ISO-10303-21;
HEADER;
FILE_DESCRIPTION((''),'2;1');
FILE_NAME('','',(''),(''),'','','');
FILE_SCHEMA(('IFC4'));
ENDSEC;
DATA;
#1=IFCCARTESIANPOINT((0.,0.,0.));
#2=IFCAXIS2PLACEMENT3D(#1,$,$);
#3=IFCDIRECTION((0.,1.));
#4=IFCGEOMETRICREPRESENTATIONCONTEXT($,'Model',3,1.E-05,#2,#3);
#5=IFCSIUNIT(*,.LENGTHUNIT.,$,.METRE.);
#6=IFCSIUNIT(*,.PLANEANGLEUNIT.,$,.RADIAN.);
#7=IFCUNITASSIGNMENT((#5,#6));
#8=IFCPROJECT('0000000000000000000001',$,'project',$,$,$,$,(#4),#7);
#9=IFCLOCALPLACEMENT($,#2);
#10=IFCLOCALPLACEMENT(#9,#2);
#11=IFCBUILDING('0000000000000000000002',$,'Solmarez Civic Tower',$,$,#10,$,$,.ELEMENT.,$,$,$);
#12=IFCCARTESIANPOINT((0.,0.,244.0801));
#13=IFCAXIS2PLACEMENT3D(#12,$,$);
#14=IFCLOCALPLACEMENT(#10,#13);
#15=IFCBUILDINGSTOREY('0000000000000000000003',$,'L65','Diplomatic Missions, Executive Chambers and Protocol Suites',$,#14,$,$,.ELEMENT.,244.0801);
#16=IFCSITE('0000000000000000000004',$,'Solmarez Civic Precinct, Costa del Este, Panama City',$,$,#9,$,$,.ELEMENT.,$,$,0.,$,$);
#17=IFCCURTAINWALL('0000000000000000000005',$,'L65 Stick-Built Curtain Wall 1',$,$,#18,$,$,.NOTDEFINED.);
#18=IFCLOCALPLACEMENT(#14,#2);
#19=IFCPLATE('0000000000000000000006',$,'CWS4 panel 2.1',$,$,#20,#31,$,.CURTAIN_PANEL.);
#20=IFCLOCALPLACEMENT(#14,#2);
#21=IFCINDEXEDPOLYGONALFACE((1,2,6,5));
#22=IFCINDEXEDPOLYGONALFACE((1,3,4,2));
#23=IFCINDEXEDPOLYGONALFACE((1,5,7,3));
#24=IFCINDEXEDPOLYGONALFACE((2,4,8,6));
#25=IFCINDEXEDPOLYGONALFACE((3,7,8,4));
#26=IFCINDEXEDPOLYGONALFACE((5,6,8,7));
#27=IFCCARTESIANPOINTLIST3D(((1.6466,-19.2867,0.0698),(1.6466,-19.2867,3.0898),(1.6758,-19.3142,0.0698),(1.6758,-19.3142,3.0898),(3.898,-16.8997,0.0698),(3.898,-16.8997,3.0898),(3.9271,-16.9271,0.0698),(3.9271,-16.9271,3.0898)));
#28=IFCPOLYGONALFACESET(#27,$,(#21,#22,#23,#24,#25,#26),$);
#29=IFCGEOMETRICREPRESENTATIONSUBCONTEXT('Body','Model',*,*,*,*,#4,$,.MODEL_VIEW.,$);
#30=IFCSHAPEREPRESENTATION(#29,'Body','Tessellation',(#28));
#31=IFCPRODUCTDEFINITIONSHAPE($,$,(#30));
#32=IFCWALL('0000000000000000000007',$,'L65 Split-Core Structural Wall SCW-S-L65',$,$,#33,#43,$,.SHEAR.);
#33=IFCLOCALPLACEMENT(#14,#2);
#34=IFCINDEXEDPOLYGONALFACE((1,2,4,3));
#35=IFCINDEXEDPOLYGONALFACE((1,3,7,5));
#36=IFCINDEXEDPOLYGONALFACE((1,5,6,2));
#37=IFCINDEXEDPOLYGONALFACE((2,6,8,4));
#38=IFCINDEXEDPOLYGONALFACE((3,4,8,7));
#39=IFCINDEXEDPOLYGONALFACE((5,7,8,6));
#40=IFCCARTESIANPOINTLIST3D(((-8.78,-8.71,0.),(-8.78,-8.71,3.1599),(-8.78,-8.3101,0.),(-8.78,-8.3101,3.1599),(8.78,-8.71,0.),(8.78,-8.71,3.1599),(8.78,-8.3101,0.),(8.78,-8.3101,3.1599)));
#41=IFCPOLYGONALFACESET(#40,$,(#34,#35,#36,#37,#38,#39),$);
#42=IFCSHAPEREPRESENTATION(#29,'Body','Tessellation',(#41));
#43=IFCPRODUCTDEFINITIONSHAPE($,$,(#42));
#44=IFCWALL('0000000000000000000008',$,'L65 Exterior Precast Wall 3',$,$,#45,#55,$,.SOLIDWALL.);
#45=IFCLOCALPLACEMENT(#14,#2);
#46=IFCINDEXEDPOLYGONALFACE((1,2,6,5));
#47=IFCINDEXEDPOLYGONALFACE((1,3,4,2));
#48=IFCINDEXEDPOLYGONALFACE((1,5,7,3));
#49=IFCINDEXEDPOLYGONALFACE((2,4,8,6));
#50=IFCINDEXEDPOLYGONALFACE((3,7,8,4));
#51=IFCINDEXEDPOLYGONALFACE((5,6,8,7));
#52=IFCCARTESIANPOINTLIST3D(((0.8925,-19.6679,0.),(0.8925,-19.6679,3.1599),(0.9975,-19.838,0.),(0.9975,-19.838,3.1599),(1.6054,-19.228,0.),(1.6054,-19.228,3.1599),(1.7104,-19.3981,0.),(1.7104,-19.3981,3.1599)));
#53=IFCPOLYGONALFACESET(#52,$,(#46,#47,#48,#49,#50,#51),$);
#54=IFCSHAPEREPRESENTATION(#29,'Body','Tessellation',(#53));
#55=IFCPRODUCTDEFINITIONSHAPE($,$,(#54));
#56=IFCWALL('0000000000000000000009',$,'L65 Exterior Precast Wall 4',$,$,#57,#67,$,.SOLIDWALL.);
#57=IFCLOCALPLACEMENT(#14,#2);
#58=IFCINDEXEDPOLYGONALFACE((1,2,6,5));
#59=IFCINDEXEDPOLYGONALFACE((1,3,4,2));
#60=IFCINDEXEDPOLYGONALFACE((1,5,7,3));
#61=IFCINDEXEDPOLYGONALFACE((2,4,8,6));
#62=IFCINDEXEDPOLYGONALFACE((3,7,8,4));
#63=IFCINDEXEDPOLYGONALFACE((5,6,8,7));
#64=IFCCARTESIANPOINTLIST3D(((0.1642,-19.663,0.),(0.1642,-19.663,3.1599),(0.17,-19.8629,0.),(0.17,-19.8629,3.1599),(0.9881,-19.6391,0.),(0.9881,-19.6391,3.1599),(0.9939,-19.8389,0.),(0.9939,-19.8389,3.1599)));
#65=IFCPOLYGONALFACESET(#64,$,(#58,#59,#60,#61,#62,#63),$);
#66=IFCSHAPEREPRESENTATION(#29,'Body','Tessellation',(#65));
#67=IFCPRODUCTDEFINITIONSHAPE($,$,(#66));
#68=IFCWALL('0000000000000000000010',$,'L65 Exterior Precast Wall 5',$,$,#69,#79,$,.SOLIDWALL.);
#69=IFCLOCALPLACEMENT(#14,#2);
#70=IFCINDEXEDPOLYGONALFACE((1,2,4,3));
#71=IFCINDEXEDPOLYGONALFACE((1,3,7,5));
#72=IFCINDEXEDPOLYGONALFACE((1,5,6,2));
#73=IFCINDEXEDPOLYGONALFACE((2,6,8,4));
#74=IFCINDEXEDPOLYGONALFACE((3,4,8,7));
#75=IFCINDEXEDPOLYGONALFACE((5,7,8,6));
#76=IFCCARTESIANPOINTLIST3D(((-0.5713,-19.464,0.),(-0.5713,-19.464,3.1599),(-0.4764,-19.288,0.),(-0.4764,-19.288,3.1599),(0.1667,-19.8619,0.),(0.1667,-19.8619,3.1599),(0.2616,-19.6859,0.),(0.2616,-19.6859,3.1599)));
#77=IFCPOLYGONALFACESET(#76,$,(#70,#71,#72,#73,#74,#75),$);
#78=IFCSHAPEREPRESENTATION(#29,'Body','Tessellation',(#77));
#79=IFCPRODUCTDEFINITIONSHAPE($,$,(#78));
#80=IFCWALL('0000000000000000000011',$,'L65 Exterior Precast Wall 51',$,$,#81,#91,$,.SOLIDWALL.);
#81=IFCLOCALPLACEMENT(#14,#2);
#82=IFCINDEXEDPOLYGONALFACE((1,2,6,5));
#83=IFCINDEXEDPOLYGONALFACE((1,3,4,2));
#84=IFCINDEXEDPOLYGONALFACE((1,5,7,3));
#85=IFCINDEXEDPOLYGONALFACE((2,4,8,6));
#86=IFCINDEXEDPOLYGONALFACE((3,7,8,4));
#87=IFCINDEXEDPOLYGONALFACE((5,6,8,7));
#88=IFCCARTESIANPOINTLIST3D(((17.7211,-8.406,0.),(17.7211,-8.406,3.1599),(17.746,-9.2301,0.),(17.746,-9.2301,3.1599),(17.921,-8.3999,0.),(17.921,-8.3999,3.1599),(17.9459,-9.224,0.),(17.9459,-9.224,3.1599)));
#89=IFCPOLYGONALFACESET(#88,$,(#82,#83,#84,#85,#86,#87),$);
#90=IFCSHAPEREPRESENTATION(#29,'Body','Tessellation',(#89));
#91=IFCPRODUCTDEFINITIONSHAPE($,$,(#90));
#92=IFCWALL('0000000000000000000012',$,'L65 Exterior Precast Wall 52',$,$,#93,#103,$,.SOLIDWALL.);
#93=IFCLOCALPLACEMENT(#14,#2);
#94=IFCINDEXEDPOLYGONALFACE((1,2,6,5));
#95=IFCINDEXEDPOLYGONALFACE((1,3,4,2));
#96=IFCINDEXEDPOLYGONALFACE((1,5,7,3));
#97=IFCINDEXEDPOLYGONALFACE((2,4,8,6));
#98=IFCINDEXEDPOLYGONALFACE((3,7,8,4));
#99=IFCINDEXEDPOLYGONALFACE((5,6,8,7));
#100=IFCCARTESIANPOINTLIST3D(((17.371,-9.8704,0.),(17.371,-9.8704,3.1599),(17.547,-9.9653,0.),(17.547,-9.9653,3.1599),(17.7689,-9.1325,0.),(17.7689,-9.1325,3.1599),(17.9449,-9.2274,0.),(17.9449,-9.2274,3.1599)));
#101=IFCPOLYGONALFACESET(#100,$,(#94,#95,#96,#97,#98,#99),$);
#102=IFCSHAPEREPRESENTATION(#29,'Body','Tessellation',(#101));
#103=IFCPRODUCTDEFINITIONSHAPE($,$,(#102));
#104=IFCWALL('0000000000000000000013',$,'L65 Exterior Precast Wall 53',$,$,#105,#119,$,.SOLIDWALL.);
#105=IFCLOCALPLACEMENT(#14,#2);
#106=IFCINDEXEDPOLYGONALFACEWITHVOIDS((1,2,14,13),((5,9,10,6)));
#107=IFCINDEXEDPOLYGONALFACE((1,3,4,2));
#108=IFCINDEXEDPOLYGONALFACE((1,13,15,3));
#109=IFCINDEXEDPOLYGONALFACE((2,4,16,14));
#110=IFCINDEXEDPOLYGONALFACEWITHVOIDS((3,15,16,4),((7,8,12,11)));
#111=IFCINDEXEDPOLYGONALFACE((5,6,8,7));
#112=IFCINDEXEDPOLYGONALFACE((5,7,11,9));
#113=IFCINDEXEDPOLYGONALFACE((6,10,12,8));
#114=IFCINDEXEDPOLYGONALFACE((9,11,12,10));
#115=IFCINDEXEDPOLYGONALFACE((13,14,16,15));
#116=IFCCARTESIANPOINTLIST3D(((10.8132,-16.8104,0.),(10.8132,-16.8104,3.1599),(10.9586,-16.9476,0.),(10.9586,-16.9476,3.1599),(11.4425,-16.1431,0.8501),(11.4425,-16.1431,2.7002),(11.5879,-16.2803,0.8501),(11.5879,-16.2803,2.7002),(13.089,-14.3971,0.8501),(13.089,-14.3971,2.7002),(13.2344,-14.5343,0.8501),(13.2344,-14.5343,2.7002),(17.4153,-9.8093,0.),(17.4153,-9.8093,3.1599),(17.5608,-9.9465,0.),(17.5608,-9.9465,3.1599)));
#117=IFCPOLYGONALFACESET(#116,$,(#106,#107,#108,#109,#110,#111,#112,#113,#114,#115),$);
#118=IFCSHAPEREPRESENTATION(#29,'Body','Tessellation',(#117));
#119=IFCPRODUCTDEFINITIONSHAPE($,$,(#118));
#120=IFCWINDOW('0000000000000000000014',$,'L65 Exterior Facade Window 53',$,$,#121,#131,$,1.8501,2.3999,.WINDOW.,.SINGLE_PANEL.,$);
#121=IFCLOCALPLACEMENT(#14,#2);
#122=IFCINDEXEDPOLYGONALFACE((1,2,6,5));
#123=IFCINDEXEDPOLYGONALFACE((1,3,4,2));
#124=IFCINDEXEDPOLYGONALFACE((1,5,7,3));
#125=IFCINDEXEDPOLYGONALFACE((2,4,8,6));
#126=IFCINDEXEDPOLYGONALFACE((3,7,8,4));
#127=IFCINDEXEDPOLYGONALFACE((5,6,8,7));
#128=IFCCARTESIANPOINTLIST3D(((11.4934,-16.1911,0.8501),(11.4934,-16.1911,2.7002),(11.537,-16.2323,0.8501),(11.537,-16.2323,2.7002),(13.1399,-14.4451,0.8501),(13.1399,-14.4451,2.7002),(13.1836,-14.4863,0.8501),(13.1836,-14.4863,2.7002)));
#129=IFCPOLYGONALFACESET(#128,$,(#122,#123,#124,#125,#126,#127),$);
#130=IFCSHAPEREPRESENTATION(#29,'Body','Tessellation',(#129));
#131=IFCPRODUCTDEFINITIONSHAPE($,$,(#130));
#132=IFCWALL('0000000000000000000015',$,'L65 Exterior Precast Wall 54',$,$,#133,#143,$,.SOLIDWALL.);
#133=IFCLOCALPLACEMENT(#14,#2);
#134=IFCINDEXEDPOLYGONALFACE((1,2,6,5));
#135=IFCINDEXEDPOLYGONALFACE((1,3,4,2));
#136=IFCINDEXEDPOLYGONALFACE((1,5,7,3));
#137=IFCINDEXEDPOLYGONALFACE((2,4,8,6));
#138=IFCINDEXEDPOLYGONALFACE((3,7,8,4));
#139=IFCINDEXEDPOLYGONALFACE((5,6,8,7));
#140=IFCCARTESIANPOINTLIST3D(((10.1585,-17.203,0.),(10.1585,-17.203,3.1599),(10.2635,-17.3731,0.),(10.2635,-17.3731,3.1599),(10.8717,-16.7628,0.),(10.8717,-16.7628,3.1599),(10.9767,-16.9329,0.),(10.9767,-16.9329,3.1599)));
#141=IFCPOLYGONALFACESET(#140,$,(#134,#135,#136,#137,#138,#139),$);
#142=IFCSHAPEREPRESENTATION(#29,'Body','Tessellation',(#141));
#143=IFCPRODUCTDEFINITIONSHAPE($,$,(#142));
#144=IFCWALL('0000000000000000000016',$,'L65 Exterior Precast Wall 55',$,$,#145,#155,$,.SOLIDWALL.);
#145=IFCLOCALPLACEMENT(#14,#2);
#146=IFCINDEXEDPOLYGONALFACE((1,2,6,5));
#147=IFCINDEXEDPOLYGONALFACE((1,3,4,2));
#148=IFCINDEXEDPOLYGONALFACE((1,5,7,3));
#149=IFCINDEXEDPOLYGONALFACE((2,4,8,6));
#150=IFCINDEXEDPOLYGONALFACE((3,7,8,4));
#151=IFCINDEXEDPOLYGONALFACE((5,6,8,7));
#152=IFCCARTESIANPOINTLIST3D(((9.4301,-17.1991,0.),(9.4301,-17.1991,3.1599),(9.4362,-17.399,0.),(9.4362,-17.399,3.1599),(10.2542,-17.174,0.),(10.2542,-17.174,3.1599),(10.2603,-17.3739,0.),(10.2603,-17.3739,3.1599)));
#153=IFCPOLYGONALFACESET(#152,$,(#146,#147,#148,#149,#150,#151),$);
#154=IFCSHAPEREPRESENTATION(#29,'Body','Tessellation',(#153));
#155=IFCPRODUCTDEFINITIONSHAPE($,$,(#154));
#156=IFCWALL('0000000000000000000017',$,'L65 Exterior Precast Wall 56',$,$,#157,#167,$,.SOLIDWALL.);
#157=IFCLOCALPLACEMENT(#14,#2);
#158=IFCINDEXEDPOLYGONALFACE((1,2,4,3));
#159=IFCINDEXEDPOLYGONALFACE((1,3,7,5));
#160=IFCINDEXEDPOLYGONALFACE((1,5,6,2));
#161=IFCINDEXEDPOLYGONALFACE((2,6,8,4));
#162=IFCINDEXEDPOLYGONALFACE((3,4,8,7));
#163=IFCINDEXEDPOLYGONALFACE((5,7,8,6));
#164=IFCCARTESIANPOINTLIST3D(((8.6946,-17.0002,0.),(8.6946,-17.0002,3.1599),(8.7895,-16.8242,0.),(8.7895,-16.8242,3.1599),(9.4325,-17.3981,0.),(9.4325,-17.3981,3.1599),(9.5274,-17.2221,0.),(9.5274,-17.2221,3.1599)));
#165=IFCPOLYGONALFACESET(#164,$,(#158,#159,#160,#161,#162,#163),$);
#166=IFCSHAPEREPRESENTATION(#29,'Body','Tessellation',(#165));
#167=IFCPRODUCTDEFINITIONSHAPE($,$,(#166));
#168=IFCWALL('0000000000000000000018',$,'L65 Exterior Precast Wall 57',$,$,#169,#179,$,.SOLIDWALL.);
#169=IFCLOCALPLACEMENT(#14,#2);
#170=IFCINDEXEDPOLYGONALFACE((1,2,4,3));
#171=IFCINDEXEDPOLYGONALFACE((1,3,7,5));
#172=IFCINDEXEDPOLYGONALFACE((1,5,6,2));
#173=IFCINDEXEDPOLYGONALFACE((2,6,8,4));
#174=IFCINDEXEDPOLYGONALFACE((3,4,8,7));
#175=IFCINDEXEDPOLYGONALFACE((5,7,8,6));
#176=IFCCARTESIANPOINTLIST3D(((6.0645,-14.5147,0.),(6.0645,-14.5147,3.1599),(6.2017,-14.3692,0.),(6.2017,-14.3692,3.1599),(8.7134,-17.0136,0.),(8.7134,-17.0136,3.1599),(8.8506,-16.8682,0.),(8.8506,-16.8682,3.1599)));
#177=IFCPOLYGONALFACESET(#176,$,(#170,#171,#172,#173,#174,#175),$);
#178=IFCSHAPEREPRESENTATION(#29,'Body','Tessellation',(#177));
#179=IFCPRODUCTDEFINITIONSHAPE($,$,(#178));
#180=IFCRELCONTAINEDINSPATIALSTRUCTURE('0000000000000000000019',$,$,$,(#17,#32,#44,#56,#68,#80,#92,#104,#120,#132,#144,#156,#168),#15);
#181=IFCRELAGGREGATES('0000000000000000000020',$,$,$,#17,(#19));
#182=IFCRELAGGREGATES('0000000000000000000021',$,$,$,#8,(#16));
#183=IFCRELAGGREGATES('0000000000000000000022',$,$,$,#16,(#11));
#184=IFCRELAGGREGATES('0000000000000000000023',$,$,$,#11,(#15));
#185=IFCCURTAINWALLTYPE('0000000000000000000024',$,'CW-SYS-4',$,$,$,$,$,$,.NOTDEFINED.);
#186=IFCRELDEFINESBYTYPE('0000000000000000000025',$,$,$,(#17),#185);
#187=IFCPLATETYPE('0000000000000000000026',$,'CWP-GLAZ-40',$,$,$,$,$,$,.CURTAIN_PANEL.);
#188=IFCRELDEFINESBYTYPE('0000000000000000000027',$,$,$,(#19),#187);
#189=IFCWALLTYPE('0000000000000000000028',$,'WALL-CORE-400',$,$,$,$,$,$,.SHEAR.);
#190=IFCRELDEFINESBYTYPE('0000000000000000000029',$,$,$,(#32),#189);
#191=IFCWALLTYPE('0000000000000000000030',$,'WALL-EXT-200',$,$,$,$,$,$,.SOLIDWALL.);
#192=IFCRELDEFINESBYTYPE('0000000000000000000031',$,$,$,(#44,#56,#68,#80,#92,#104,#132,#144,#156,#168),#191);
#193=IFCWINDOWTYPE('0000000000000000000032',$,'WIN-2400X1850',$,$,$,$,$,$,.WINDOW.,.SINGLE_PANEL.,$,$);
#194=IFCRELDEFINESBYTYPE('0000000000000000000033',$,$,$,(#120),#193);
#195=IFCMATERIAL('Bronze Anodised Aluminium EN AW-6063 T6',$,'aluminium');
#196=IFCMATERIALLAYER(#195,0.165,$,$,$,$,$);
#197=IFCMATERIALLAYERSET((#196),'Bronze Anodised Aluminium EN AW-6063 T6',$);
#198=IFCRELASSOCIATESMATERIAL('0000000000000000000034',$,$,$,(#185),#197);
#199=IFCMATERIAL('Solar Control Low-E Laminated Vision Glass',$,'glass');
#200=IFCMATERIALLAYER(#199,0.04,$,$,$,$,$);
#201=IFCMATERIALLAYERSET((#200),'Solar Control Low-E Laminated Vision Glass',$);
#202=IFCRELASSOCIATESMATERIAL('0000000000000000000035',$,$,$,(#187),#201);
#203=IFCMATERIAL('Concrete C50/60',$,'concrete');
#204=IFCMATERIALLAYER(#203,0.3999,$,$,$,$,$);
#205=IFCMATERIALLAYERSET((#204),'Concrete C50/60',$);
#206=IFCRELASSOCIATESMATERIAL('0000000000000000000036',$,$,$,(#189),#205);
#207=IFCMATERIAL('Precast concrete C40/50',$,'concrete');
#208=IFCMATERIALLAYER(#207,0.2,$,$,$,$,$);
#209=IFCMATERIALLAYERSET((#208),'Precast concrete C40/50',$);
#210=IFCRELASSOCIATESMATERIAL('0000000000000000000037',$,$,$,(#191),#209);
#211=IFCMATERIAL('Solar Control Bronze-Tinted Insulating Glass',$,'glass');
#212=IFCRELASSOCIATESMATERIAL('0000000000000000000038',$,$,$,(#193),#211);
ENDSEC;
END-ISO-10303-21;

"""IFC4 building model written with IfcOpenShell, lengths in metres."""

from ifc_helpers import new_model, si_unit, direction, frame, frame_2d, origin, origin_2d, place, context, subcontext, project, spatial, rectangle, extrude, material, layer, layer_set, type_object, element, fill, aggregate, save


model = new_model("IFC4")

# Units and contexts
model_context = context("Model", 3, precision=1e-05, world=origin(), true_north=direction((0.0, 1.0)))
body_context = subcontext(model_context, "Body", "Model", "MODEL_VIEW")
ifc_project = project(units=[si_unit("LENGTHUNIT", "METRE"), si_unit("PLANEANGLEUNIT", "RADIAN")], contexts=[model_context])

# Site, building, storey
site_placement = place(None, origin())
site = spatial("IfcSite", under=ifc_project, at=site_placement, Name="Solmarez Civic Precinct, Costa del Este, Panama City", CompositionType="ELEMENT", RefElevation=0.0)
building_placement = place(site_placement, origin())
building = spatial("IfcBuilding", under=site, at=building_placement, Name="Solmarez Civic Tower", CompositionType="ELEMENT")
storey_placement = place(building_placement, frame((0.0, 0.0, 244.0801)))
storey = spatial("IfcBuildingStorey", under=building, at=storey_placement, Name="L65", Description="Diplomatic Missions, Executive Chambers and Protocol Suites", CompositionType="ELEMENT", Elevation=244.0801)

# Shared definitions
ifc_material_1 = material(Name="Concrete C50/60", Category="concrete")

# Curtain wall, plate
ifc_material_2 = material(Name="Bronze Anodised Aluminium EN AW-6063 T6", Category="aluminium")
ifc_layer_1 = layer(ifc_material_2, 0.165)
ifc_layer_set_1 = layer_set([ifc_layer_1], Name="Bronze Anodised Aluminium EN AW-6063 T6")
curtain_wall_type = type_object("IfcCurtainWallType", Name="CW-SYS-4", PredefinedType="NOTDEFINED", material=ifc_layer_set_1)
curtain_wall_placement = place(storey_placement, origin())
curtain_wall = element("IfcCurtainWall", 1, at=curtain_wall_placement, inside=storey, type_object=curtain_wall_type, Name="L65 Stick-Built Curtain Wall 1", PredefinedType="NOTDEFINED")
ifc_material_3 = material(Name="Solar Control Low-E Laminated Vision Glass", Category="glass")
ifc_layer_2 = layer(ifc_material_3, 0.04)
ifc_layer_set_2 = layer_set([ifc_layer_2], Name="Solar Control Low-E Laminated Vision Glass")
plate_type = type_object("IfcPlateType", Name="CWP-GLAZ-40", PredefinedType="CURTAIN_PANEL", material=ifc_layer_set_2)
plate_1_placement = place(storey_placement, frame((2.7869, -18.1069, 0.0698), z_axis=(0.0, 0.0, 1.0), x_axis=(-0.686114, -0.727494, 0.0)))
plate_1 = element("IfcPlate", 2, at=plate_1_placement, type_object=plate_type, Name="CWS4 panel 2.1", PredefinedType="CURTAIN_PANEL", context=body_context, shape_type="SweptSolid", body=[
    extrude(rectangle(XDim=3.2812, YDim=0.04, at=origin_2d()), origin(), (0.0, 0.0, 1.0), 3.02),
])
aggregate(curtain_wall, [plate_1])

# Walls
ifc_layer_3 = layer(ifc_material_1, 0.3999)
ifc_layer_set_3 = layer_set([ifc_layer_3], Name="Concrete C50/60")
wall_type_1 = type_object("IfcWallType", Name="WALL-CORE-400", PredefinedType="SHEAR", material=ifc_layer_set_3)
wall_1_placement = place(storey_placement, frame((8.78, -8.51, 0.0), z_axis=(0.0, 0.0, 1.0), x_axis=(-1.0, 0.0, 0.0)))
element("IfcWall", 3, at=wall_1_placement, inside=storey, type_object=wall_type_1, Name="L65 Split-Core Structural Wall SCW-S-L65", PredefinedType="SHEAR", context=body_context, shape_type="SweptSolid", body=[
    extrude(rectangle(XDim=17.5601, YDim=0.3999, at=frame_2d((8.78, 0.0))), origin(), (0.0, 0.0, 1.0), 3.1599),
])
ifc_material_4 = material(Name="Precast concrete C40/50", Category="concrete")
ifc_layer_4 = layer(ifc_material_4, 0.2)
ifc_layer_set_4 = layer_set([ifc_layer_4], Name="Precast concrete C40/50")
wall_type_2 = type_object("IfcWallType", Name="WALL-EXT-200", PredefinedType="SOLIDWALL", material=ifc_layer_set_4)
wall_2_placement = place(storey_placement, frame((1.658, -19.313, 0.0), z_axis=(0.0, 0.0, 1.0), x_axis=(-0.850997, -0.52517, 0.0)))
element("IfcWall", 4, at=wall_2_placement, inside=storey, type_object=wall_type_2, Name="L65 Exterior Precast Wall 3", PredefinedType="SOLIDWALL", context=body_context, shape_type="SweptSolid", body=[
    extrude(rectangle(XDim=0.8376, YDim=0.2, at=frame_2d((0.4189, 0.0))), origin(), (0.0, 0.0, 1.0), 3.1599),
])
wall_3_placement = place(storey_placement, frame((0.991, -19.739, 0.0), z_axis=(0.0, 0.0, 1.0), x_axis=(-0.999579, -0.029025, 0.0)))
element("IfcWall", 5, at=wall_3_placement, inside=storey, type_object=wall_type_2, Name="L65 Exterior Precast Wall 4", PredefinedType="SOLIDWALL", context=body_context, shape_type="SweptSolid", body=[
    extrude(rectangle(XDim=0.8242, YDim=0.2, at=frame_2d((0.4121, 0.0))), origin(), (0.0, 0.0, 1.0), 3.1599),
])
wall_4_placement = place(storey_placement, frame((0.2141, -19.7739, 0.0), z_axis=(0.0, 0.0, 1.0), x_axis=(-0.8802, 0.474603, 0.0)))
element("IfcWall", 6, at=wall_4_placement, inside=storey, type_object=wall_type_2, Name="L65 Exterior Precast Wall 5", PredefinedType="SOLIDWALL", context=body_context, shape_type="SweptSolid", body=[
    extrude(rectangle(XDim=0.8384, YDim=0.2, at=frame_2d((0.4192, 0.0))), origin(), (0.0, 0.0, 1.0), 3.1599),
])
wall_5_placement = place(storey_placement, frame((17.821, -8.4031, 0.0), z_axis=(0.0, 0.0, 1.0), x_axis=(0.030208, -0.999544, 0.0)))
element("IfcWall", 7, at=wall_5_placement, inside=storey, type_object=wall_type_2, Name="L65 Exterior Precast Wall 51", PredefinedType="SOLIDWALL", context=body_context, shape_type="SweptSolid", body=[
    extrude(rectangle(XDim=0.8245, YDim=0.2, at=frame_2d((0.4121, 0.0))), origin(), (0.0, 0.0, 1.0), 3.1599),
])
wall_6_placement = place(storey_placement, frame((17.8569, -9.1799, 0.0), z_axis=(0.0, 0.0, 1.0), x_axis=(-0.474603, -0.8802, 0.0)))
element("IfcWall", 8, at=wall_6_placement, inside=storey, type_object=wall_type_2, Name="L65 Exterior Precast Wall 52", PredefinedType="SOLIDWALL", context=body_context, shape_type="SweptSolid", body=[
    extrude(rectangle(XDim=0.8384, YDim=0.2, at=frame_2d((0.4192, 0.0))), origin(), (0.0, 0.0, 1.0), 3.1599),
])

# Wall, opening, window
wall_7_placement = place(storey_placement, frame((17.488, -9.8779, 0.0), z_axis=(0.0, 0.0, 1.0), x_axis=(-0.686075, -0.727531, 0.0)))
wall_7 = element("IfcWall", 9, at=wall_7_placement, inside=storey, type_object=wall_type_2, Name="L65 Exterior Precast Wall 53", PredefinedType="SOLIDWALL", context=body_context, shape_type="SweptSolid", body=[
    extrude(rectangle(XDim=9.623, YDim=0.2, at=frame_2d((4.8115, 0.0))), origin(), (0.0, 0.0, 1.0), 3.1599),
])
opening_placement = place(wall_7_placement, frame((6.3059, 0.0, 0.8501)))
opening = element("IfcOpeningElement", 10, at=opening_placement, cuts=wall_7, PredefinedType="OPENING", context=body_context, shape_type="SweptSolid", body=[
    extrude(rectangle(XDim=2.3999, YDim=1.8501, at=frame_2d((1.2, 0.925))), frame((0.0, 0.1099, 0.0), z_axis=(0.0, -1.0, 0.0), x_axis=(1.0, 0.0, 0.0)), (0.0, 0.0, 1.0), 0.22),
])
ifc_material_5 = material(Name="Solar Control Bronze-Tinted Insulating Glass", Category="glass")
window_type = type_object("IfcWindowType", Name="WIN-2400X1850", PartitioningType="SINGLE_PANEL", PredefinedType="WINDOW", material=ifc_material_5)
window_placement = place(opening_placement, origin())
window = element("IfcWindow", 11, at=window_placement, inside=storey, type_object=window_type, Name="L65 Exterior Facade Window 53", OverallHeight=1.8501, OverallWidth=2.3999, PartitioningType="SINGLE_PANEL", PredefinedType="WINDOW", context=body_context, shape_type="SweptSolid", body=[
    extrude(rectangle(XDim=2.3999, YDim=1.8501, at=frame_2d((1.2, 0.925))), frame((0.0, 0.03, 0.0), z_axis=(0.0, -1.0, 0.0), x_axis=(1.0, 0.0, 0.0)), (0.0, 0.0, 1.0), 0.0601),
])
fill(opening, window)

# Walls
wall_8_placement = place(storey_placement, frame((10.9241, -16.8479, 0.0), z_axis=(0.0, 0.0, 1.0), x_axis=(-0.850947, -0.525251, 0.0)))
element("IfcWall", 12, at=wall_8_placement, inside=storey, type_object=wall_type_2, Name="L65 Exterior Precast Wall 54", PredefinedType="SOLIDWALL", context=body_context, shape_type="SweptSolid", body=[
    extrude(rectangle(XDim=0.8381, YDim=0.2, at=frame_2d((0.4189, 0.0))), origin(), (0.0, 0.0, 1.0), 3.1599),
])
wall_9_placement = place(storey_placement, frame((10.2571, -17.2739, 0.0), z_axis=(0.0, 0.0, 1.0), x_axis=(-0.999535, -0.030504, 0.0)))
element("IfcWall", 13, at=wall_9_placement, inside=storey, type_object=wall_type_2, Name="L65 Exterior Precast Wall 55", PredefinedType="SOLIDWALL", context=body_context, shape_type="SweptSolid", body=[
    extrude(rectangle(XDim=0.8245, YDim=0.2, at=frame_2d((0.4121, 0.0))), origin(), (0.0, 0.0, 1.0), 3.1599),
])
wall_10_placement = place(storey_placement, frame((9.48, -17.3101, 0.0), z_axis=(0.0, 0.0, 1.0), x_axis=(-0.8802, 0.474603, 0.0)))
element("IfcWall", 14, at=wall_10_placement, inside=storey, type_object=wall_type_2, Name="L65 Exterior Precast Wall 56", PredefinedType="SOLIDWALL", context=body_context, shape_type="SweptSolid", body=[
    extrude(rectangle(XDim=0.8384, YDim=0.2, at=frame_2d((0.4192, 0.0))), origin(), (0.0, 0.0, 1.0), 3.1599),
])
wall_11_placement = place(storey_placement, frame((8.782, -16.9409, 0.0), z_axis=(0.0, 0.0, 1.0), x_axis=(-0.727389, 0.686226, 0.0)))
element("IfcWall", 15, at=wall_11_placement, inside=storey, type_object=wall_type_2, Name="L65 Exterior Precast Wall 57", PredefinedType="SOLIDWALL", context=body_context, shape_type="SweptSolid", body=[
    extrude(rectangle(XDim=3.6416, YDim=0.2, at=frame_2d((1.8208, 0.0))), origin(), (0.0, 0.0, 1.0), 3.1599),
])

save(model, "model.ifc")
